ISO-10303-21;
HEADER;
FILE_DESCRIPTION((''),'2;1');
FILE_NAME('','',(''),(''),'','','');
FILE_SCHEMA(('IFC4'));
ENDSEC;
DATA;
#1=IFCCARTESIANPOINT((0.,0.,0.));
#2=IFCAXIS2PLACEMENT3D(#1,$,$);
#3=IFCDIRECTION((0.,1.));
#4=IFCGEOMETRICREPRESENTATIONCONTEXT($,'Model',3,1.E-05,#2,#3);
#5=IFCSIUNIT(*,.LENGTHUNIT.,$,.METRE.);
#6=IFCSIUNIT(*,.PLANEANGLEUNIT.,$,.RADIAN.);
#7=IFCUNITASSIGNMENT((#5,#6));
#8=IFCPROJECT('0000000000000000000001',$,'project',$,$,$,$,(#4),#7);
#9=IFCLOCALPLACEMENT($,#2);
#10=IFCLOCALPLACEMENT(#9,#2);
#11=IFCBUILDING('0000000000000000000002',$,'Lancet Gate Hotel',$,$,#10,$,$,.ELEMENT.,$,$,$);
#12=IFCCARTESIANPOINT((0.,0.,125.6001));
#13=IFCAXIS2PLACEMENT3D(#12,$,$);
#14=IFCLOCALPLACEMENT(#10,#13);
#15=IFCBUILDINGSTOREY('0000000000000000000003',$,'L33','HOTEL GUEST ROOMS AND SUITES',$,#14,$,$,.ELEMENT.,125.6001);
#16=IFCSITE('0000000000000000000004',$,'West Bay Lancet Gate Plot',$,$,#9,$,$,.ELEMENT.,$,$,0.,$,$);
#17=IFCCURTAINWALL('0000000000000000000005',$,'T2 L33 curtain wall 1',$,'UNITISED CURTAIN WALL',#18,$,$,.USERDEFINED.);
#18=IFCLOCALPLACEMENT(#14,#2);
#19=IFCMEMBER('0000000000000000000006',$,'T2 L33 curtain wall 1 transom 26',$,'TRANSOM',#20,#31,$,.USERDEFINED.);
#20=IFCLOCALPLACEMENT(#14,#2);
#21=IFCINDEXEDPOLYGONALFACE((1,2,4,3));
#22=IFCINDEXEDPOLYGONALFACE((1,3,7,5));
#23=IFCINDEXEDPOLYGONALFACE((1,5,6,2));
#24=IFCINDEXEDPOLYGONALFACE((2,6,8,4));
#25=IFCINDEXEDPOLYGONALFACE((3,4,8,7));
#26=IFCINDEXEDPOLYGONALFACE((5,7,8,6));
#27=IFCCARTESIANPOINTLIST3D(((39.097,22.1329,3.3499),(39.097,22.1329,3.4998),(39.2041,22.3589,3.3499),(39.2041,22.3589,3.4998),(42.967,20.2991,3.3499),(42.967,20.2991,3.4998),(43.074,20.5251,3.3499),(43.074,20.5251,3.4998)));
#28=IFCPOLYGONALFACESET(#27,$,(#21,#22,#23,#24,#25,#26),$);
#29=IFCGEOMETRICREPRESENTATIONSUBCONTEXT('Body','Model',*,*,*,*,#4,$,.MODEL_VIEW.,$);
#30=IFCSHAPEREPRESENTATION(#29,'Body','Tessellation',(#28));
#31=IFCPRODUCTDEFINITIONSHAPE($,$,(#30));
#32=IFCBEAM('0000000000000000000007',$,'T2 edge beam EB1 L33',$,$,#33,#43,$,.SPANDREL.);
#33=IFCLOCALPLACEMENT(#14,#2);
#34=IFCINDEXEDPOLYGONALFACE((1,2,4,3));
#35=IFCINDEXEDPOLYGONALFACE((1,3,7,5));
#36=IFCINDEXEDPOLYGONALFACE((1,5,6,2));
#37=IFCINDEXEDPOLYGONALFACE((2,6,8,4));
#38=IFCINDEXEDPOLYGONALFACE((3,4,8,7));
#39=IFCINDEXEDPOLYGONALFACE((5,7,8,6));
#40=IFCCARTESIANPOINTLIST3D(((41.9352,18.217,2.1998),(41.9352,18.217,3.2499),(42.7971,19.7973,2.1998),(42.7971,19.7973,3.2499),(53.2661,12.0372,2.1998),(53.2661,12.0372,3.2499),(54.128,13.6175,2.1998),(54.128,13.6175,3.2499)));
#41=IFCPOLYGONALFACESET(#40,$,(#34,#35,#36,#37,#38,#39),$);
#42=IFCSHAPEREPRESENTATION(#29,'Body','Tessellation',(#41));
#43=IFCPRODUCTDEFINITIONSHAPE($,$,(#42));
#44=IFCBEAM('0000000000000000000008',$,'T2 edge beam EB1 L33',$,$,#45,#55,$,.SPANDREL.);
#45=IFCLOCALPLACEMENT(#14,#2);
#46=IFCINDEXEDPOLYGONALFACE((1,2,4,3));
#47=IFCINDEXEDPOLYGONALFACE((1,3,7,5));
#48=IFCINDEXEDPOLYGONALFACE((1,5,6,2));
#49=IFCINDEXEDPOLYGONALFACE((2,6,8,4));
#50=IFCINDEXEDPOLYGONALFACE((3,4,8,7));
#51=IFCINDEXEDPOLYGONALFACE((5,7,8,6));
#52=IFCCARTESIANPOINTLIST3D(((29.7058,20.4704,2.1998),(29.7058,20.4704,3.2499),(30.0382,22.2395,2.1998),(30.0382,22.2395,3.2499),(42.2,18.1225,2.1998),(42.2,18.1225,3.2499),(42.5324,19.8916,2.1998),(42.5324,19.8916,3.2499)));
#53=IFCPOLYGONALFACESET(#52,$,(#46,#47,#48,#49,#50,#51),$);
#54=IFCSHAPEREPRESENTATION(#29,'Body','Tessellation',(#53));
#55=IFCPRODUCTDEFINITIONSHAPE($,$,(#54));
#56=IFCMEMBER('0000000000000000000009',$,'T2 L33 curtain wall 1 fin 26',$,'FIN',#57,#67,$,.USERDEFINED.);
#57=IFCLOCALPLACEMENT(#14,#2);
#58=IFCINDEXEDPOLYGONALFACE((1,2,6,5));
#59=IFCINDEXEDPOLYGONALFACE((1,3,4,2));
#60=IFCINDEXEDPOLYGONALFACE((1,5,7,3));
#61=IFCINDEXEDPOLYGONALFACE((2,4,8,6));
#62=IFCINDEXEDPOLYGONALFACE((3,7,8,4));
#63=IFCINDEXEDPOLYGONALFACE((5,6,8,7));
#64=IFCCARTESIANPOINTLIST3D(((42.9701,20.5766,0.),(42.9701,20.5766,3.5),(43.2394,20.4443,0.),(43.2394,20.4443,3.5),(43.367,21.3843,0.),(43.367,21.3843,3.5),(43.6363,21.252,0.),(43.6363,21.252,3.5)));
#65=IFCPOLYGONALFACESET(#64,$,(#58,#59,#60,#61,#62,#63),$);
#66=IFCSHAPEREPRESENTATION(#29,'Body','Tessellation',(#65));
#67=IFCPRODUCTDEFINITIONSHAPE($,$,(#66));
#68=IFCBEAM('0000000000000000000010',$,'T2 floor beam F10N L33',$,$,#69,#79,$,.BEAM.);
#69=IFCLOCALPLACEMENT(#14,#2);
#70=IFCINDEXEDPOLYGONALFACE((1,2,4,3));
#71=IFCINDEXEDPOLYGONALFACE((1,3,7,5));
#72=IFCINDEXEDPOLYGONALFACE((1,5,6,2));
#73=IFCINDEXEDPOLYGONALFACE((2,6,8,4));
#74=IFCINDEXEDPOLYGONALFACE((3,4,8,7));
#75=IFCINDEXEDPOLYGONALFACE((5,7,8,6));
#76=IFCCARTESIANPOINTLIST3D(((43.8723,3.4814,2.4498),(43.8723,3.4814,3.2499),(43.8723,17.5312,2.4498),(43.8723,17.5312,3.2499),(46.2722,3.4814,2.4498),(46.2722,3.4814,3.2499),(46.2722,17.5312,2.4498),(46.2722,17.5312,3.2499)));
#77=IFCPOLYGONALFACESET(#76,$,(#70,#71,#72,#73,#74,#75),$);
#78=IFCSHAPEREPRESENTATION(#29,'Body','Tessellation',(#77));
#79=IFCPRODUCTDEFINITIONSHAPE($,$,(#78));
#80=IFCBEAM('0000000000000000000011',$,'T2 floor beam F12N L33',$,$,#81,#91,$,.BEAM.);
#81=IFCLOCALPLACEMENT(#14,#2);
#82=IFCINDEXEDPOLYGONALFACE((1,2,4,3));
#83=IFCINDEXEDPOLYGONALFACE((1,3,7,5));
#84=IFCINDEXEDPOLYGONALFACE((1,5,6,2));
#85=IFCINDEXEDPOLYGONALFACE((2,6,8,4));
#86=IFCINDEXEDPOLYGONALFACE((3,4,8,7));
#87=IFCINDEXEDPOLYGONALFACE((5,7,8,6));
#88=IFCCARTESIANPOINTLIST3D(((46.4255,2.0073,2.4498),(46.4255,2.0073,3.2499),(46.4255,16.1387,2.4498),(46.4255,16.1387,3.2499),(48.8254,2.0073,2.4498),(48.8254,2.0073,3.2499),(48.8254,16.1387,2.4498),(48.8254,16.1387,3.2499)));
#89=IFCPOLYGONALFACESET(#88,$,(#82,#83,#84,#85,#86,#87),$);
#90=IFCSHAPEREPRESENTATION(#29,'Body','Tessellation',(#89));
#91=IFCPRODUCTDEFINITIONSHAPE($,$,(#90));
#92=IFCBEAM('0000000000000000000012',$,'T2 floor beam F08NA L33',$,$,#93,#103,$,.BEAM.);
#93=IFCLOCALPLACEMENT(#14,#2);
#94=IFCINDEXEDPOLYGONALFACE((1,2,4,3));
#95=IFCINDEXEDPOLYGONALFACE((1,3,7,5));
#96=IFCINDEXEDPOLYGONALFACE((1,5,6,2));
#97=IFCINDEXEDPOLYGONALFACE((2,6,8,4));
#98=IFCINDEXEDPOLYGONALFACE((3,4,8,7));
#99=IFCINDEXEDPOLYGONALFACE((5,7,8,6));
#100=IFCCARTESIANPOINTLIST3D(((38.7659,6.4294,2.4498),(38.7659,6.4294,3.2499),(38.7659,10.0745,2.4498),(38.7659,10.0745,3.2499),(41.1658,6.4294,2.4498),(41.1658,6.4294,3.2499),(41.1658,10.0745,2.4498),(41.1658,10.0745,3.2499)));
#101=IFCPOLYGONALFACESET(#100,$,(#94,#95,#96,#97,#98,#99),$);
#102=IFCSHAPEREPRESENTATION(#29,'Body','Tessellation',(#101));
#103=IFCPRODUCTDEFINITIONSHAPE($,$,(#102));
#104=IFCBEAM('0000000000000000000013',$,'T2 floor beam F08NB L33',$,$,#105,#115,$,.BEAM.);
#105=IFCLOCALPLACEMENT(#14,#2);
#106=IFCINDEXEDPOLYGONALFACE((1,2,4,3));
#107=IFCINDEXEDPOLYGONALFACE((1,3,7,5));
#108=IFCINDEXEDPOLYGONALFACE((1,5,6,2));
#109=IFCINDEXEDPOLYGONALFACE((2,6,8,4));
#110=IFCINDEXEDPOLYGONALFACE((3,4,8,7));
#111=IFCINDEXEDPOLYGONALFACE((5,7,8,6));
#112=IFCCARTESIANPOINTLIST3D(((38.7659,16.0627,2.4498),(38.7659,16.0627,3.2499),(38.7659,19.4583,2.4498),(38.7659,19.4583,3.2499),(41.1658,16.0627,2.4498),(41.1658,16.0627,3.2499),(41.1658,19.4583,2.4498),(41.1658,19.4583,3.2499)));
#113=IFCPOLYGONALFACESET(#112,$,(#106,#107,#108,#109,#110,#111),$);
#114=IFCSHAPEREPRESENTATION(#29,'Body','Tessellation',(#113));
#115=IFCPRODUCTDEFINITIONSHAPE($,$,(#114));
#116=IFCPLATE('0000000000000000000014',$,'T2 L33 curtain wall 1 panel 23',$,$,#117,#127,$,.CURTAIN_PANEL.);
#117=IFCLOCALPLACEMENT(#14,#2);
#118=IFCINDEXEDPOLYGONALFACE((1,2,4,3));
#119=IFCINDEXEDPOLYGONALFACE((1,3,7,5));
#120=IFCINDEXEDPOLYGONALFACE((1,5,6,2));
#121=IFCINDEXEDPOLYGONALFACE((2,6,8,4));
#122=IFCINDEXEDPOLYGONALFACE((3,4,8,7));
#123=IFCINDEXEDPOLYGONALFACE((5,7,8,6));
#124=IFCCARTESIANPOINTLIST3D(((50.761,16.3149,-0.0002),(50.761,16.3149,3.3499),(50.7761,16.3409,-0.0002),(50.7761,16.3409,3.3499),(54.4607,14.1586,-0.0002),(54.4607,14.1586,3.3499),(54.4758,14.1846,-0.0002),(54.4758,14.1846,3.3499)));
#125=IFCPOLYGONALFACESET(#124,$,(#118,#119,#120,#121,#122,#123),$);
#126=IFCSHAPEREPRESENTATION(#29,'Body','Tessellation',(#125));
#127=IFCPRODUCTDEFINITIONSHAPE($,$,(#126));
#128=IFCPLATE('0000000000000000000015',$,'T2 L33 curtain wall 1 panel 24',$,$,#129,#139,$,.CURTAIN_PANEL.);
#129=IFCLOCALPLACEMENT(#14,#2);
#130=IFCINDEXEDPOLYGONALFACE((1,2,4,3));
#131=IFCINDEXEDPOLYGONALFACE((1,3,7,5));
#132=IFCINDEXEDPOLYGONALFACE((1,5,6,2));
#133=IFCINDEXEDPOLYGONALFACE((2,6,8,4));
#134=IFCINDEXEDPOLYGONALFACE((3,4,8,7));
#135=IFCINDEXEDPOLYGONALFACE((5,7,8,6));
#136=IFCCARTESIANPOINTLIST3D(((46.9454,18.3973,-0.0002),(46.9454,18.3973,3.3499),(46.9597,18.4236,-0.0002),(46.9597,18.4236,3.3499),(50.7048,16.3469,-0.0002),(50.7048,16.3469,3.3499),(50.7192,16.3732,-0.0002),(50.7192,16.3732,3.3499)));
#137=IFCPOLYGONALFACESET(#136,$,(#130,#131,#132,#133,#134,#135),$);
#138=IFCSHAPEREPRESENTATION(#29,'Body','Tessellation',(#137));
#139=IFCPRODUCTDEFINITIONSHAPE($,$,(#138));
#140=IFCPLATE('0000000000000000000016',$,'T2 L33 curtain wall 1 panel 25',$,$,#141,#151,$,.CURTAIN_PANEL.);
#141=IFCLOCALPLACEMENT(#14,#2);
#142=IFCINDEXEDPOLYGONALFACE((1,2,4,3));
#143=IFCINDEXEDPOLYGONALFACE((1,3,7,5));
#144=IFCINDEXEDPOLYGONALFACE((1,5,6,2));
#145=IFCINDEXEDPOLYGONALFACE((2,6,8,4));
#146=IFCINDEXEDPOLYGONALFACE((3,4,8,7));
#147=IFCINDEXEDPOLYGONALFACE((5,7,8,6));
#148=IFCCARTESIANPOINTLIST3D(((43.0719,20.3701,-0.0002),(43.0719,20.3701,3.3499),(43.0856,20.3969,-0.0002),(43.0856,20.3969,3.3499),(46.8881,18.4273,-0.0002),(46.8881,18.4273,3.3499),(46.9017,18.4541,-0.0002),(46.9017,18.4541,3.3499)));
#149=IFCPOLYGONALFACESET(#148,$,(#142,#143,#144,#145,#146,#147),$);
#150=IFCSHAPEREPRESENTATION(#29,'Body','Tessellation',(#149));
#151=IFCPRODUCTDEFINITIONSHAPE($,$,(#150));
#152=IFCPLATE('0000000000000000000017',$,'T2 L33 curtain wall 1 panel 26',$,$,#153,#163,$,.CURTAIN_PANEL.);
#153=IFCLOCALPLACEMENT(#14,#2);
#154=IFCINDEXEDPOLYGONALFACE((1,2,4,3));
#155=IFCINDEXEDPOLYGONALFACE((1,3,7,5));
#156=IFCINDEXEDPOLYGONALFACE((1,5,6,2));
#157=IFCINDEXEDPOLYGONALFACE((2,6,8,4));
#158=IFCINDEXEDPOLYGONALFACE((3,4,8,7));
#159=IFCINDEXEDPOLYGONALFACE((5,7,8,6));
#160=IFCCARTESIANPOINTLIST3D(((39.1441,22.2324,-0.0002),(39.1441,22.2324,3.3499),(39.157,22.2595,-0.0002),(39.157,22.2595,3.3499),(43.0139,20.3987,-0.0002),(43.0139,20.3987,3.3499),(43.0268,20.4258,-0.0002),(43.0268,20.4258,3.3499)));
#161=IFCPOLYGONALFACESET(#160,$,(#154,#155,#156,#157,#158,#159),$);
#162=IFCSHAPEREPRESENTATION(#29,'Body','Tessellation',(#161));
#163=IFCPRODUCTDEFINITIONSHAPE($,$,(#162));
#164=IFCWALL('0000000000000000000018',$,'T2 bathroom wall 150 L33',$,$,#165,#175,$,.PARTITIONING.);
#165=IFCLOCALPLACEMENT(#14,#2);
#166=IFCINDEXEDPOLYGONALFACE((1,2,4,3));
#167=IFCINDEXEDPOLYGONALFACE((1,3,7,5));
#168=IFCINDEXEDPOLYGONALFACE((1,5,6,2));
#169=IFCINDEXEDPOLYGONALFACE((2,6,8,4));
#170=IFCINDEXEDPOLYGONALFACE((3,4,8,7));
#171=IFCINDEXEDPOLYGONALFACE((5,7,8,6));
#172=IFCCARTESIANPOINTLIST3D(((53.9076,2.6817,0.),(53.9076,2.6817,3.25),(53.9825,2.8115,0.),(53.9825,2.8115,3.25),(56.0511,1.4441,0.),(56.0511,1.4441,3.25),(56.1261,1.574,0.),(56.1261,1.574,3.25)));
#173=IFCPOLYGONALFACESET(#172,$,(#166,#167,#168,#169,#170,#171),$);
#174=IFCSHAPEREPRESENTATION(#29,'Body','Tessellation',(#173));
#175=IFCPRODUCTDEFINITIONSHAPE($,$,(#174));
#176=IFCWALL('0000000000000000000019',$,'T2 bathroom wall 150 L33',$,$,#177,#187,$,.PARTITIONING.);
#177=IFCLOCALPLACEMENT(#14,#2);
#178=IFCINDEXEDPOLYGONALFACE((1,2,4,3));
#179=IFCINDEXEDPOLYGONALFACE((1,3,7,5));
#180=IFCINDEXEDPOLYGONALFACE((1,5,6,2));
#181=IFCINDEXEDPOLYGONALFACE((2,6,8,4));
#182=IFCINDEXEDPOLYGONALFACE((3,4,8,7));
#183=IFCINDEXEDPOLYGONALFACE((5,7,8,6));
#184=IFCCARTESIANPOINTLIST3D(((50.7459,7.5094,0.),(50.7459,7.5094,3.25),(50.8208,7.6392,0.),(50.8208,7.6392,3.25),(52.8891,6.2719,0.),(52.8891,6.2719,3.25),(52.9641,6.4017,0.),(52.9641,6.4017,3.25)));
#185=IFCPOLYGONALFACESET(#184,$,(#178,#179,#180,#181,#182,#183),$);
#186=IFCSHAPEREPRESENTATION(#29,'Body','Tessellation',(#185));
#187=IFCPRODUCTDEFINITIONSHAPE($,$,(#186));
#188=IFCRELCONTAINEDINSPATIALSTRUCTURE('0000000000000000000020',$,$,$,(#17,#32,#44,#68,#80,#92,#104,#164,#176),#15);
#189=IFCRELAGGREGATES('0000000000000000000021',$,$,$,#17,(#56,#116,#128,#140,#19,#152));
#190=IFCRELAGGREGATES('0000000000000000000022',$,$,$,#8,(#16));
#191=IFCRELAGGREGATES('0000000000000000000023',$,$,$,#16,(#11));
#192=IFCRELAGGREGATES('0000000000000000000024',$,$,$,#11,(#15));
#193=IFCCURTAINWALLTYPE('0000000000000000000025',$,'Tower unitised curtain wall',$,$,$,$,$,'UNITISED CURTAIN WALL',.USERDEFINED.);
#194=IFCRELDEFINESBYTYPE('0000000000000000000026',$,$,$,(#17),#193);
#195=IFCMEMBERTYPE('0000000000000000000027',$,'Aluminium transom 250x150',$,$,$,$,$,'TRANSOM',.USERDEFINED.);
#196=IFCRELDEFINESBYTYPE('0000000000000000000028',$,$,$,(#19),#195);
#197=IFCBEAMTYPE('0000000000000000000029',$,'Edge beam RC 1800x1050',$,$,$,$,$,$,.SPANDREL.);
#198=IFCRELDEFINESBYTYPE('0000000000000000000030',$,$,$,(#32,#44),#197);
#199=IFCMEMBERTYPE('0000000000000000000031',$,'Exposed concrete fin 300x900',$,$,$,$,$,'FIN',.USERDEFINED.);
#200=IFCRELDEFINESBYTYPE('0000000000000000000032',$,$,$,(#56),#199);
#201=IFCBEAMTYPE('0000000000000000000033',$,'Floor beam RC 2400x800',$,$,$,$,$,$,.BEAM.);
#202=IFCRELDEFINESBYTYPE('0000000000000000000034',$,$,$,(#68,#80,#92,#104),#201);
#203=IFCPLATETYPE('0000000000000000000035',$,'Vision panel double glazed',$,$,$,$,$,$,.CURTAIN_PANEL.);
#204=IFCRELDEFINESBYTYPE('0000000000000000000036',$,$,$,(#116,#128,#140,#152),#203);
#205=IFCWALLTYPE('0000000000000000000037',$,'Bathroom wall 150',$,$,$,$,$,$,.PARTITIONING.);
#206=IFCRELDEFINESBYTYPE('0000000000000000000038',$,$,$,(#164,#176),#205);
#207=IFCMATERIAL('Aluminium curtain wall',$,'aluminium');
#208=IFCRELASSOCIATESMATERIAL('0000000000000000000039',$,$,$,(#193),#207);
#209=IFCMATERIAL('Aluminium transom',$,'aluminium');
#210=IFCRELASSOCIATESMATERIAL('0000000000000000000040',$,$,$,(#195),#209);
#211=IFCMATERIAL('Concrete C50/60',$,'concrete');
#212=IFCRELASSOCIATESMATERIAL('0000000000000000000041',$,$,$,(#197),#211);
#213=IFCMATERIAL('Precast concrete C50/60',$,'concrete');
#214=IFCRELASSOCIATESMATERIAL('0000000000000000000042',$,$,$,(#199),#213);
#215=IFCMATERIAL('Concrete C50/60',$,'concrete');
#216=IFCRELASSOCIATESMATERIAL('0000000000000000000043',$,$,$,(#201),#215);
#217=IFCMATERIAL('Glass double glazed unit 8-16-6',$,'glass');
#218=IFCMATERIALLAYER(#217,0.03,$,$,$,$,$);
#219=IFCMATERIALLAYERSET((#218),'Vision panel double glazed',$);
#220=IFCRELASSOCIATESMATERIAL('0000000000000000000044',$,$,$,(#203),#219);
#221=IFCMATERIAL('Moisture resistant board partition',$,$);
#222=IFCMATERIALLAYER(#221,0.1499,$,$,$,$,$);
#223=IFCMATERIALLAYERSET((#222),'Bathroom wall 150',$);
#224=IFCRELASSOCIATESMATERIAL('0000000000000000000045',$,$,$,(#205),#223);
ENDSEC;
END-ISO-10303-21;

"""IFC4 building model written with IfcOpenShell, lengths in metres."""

from ifc_helpers import new_model, si_unit, direction, frame, frame_2d, origin, origin_2d, place, context, subcontext, project, spatial, rectangle, extrude, material, layer, layer_set, material_profile, profile_set, type_object, element, aggregate, save


model = new_model("IFC4")

# Units and contexts
model_context = context("Model", 3, precision=1e-05, world=origin(), true_north=direction((0.0, 1.0)))
body_context = subcontext(model_context, "Body", "Model", "MODEL_VIEW")
ifc_project = project(units=[si_unit("LENGTHUNIT", "METRE"), si_unit("PLANEANGLEUNIT", "RADIAN")], contexts=[model_context])

# Site, building, storey
site_placement = place(None, origin())
site = spatial("IfcSite", under=ifc_project, at=site_placement, Name="West Bay Lancet Gate Plot", CompositionType="ELEMENT", RefElevation=0.0)
building_placement = place(site_placement, origin())
building = spatial("IfcBuilding", under=site, at=building_placement, Name="Lancet Gate Hotel", CompositionType="ELEMENT")
storey_placement = place(building_placement, frame((0.0, 0.0, 125.6001)))
storey = spatial("IfcBuildingStorey", under=building, at=storey_placement, Name="L33", Description="HOTEL GUEST ROOMS AND SUITES", CompositionType="ELEMENT", Elevation=125.6001)

# Curtain wall, member
ifc_material_1 = material(Name="Aluminium curtain wall", Category="aluminium")
curtain_wall_type = type_object("IfcCurtainWallType", Name="Tower unitised curtain wall", ElementType="UNITISED CURTAIN WALL", PredefinedType="USERDEFINED", material=ifc_material_1)
curtain_wall_placement = place(storey_placement, origin())
curtain_wall = element("IfcCurtainWall", 1, at=curtain_wall_placement, inside=storey, type_object=curtain_wall_type, Name="T2 L33 curtain wall 1", ObjectType="UNITISED CURTAIN WALL", PredefinedType="USERDEFINED")
ifc_material_2 = material(Name="Aluminium transom", Category="aluminium")
ifc_material_profile_1 = material_profile(ifc_material_2, rectangle(XDim=0.25, YDim=0.1499, at=origin_2d()), Name="TRANSOM 250x150")
ifc_profile_set_1 = profile_set([ifc_material_profile_1], Name="Aluminium transom")
member_type_1 = type_object("IfcMemberType", Name="Aluminium transom 250x150", ElementType="TRANSOM", PredefinedType="USERDEFINED", material=ifc_profile_set_1)
member_1_placement = place(storey_placement, frame((43.0205, 20.4121, 3.4248), z_axis=(-0.90368, 0.428209, 0.0), x_axis=(-0.428209, -0.90368, 0.0)))
member_1 = element("IfcMember", 2, at=member_1_placement, type_object=member_type_1, Name="T2 L33 curtain wall 1 transom 26", ObjectType="TRANSOM", PredefinedType="USERDEFINED", context=body_context, shape_type="SweptSolid", body=[
    extrude(rectangle(XDim=0.25, YDim=0.1499, at=origin_2d()), origin(), (0.0, 0.0, 1.0), 4.2825),
])

# Beams
ifc_material_3 = material(Name="Concrete C50/60", Category="concrete")
ifc_material_profile_2 = material_profile(ifc_material_3, rectangle(XDim=1.8, YDim=1.05, at=origin_2d()), Name="RC 1800x1050")
ifc_profile_set_2 = profile_set([ifc_material_profile_2], Name="Concrete C50/60")
beam_type_1 = type_object("IfcBeamType", Name="Edge beam RC 1800x1050", PredefinedType="SPANDREL", material=ifc_profile_set_2)
beam_1_placement = place(storey_placement, frame((53.697, 12.8274, 2.7249), z_axis=(-0.87792, 0.478807, 0.0), x_axis=(-0.478807, -0.87792, 0.0)))
element("IfcBeam", 3, at=beam_1_placement, inside=storey, type_object=beam_type_1, Name="T2 edge beam EB1 L33", PredefinedType="SPANDREL", context=body_context, shape_type="SweptSolid", body=[
    extrude(rectangle(XDim=1.8, YDim=1.05, at=origin_2d()), origin(), (0.0, 0.0, 1.0), 12.9065),
])
beam_2_placement = place(storey_placement, frame((42.3662, 19.0071, 2.7249), z_axis=(-0.982797, 0.184687, 0.0), x_axis=(-0.184687, -0.982797, 0.0)))
element("IfcBeam", 4, at=beam_2_placement, inside=storey, type_object=beam_type_1, Name="T2 edge beam EB1 L33", PredefinedType="SPANDREL", context=body_context, shape_type="SweptSolid", body=[
    extrude(rectangle(XDim=1.8, YDim=1.05, at=origin_2d()), origin(), (0.0, 0.0, 1.0), 12.7129),
])

# Member
ifc_material_4 = material(Name="Precast concrete C50/60", Category="concrete")
ifc_material_profile_3 = material_profile(ifc_material_4, rectangle(XDim=0.3, YDim=0.8999, at=origin_2d()), Name="FIN 300x900")
ifc_profile_set_3 = profile_set([ifc_material_profile_3], Name="Precast concrete C50/60")
member_type_2 = type_object("IfcMemberType", Name="Exposed concrete fin 300x900", ElementType="FIN", PredefinedType="USERDEFINED", material=ifc_profile_set_3)
member_2_placement = place(storey_placement, frame((43.3032, 20.9143, 0.0), z_axis=(0.0, 0.0, 1.0), x_axis=(-0.897512, 0.44099, 0.0)))
member_2 = element("IfcMember", 5, at=member_2_placement, type_object=member_type_2, Name="T2 L33 curtain wall 1 fin 26", ObjectType="FIN", PredefinedType="USERDEFINED", context=body_context, shape_type="SweptSolid", body=[
    extrude(rectangle(XDim=0.3, YDim=0.8999, at=origin_2d()), origin(), (0.0, 0.0, 1.0), 3.5),
])

# Beams
ifc_material_5 = material(Name="Concrete C50/60", Category="concrete")
ifc_material_profile_4 = material_profile(ifc_material_5, rectangle(XDim=2.3999, YDim=0.8, at=origin_2d()), Name="RC 2400x800")
ifc_profile_set_4 = profile_set([ifc_material_profile_4], Name="Concrete C50/60")
beam_type_2 = type_object("IfcBeamType", Name="Floor beam RC 2400x800", PredefinedType="BEAM", material=ifc_profile_set_4)
beam_3_placement = place(storey_placement, frame((45.0723, 3.4814, 2.8499), z_axis=(0.0, 1.0, 0.0), x_axis=(-1.0, 0.0, 0.0)))
element("IfcBeam", 6, at=beam_3_placement, inside=storey, type_object=beam_type_2, Name="T2 floor beam F10N L33", PredefinedType="BEAM", context=body_context, shape_type="SweptSolid", body=[
    extrude(rectangle(XDim=2.3999, YDim=0.8, at=origin_2d()), origin(), (0.0, 0.0, 1.0), 14.0498),
])
beam_4_placement = place(storey_placement, frame((47.6255, 2.0073, 2.8499), z_axis=(0.0, 1.0, 0.0), x_axis=(-1.0, 0.0, 0.0)))
element("IfcBeam", 7, at=beam_4_placement, inside=storey, type_object=beam_type_2, Name="T2 floor beam F12N L33", PredefinedType="BEAM", context=body_context, shape_type="SweptSolid", body=[
    extrude(rectangle(XDim=2.3999, YDim=0.8, at=origin_2d()), origin(), (0.0, 0.0, 1.0), 14.1313),
])
beam_5_placement = place(storey_placement, frame((39.9658, 6.4294, 2.8499), z_axis=(0.0, 1.0, 0.0), x_axis=(-1.0, 0.0, 0.0)))
element("IfcBeam", 8, at=beam_5_placement, inside=storey, type_object=beam_type_2, Name="T2 floor beam F08NA L33", PredefinedType="BEAM", context=body_context, shape_type="SweptSolid", body=[
    extrude(rectangle(XDim=2.3999, YDim=0.8, at=origin_2d()), origin(), (0.0, 0.0, 1.0), 3.645),
])
beam_6_placement = place(storey_placement, frame((39.9658, 16.0627, 2.8499), z_axis=(0.0, 1.0, 0.0), x_axis=(-1.0, 0.0, 0.0)))
element("IfcBeam", 9, at=beam_6_placement, inside=storey, type_object=beam_type_2, Name="T2 floor beam F08NB L33", PredefinedType="BEAM", context=body_context, shape_type="SweptSolid", body=[
    extrude(rectangle(XDim=2.3999, YDim=0.8, at=origin_2d()), origin(), (0.0, 0.0, 1.0), 3.3955),
])

# Plates
ifc_material_6 = material(Name="Glass double glazed unit 8-16-6", Category="glass")
ifc_layer_1 = layer(ifc_material_6, 0.03)
ifc_layer_set_1 = layer_set([ifc_layer_1], Name="Vision panel double glazed")
plate_type = type_object("IfcPlateType", Name="Vision panel double glazed", PredefinedType="CURTAIN_PANEL", material=ifc_layer_set_1)
plate_1_placement = place(storey_placement, frame((52.6184, 15.2498, -0.0002), z_axis=(0.0, 0.0, 1.0), x_axis=(-0.863966, 0.503551, 0.0)))
plate_1 = element("IfcPlate", 10, at=plate_1_placement, type_object=plate_type, Name="T2 L33 curtain wall 1 panel 23", PredefinedType="CURTAIN_PANEL", context=body_context, shape_type="SweptSolid", body=[
    extrude(rectangle(XDim=4.2822, YDim=0.03, at=origin_2d()), origin(), (0.0, 0.0, 1.0), 3.3501),
])
plate_2_placement = place(storey_placement, frame((48.8323, 17.3853, -0.0002), z_axis=(0.0, 0.0, 1.0), x_axis=(-0.877916, 0.478814, 0.0)))
plate_2 = element("IfcPlate", 11, at=plate_2_placement, type_object=plate_type, Name="T2 L33 curtain wall 1 panel 24", PredefinedType="CURTAIN_PANEL", context=body_context, shape_type="SweptSolid", body=[
    extrude(rectangle(XDim=4.2822, YDim=0.03, at=origin_2d()), origin(), (0.0, 0.0, 1.0), 3.3501),
])
plate_3_placement = place(storey_placement, frame((44.9868, 19.4121, -0.0002), z_axis=(0.0, 0.0, 1.0), x_axis=(-0.891159, 0.45369, 0.0)))
plate_3 = element("IfcPlate", 12, at=plate_3_placement, type_object=plate_type, Name="T2 L33 curtain wall 1 panel 25", PredefinedType="CURTAIN_PANEL", context=body_context, shape_type="SweptSolid", body=[
    extrude(rectangle(XDim=4.2822, YDim=0.03, at=origin_2d()), origin(), (0.0, 0.0, 1.0), 3.3501),
])
plate_4_placement = place(storey_placement, frame((41.0854, 21.3291, -0.0002), z_axis=(0.0, 0.0, 1.0), x_axis=(-0.903683, 0.428201, 0.0)))
plate_4 = element("IfcPlate", 13, at=plate_4_placement, type_object=plate_type, Name="T2 L33 curtain wall 1 panel 26", PredefinedType="CURTAIN_PANEL", context=body_context, shape_type="SweptSolid", body=[
    extrude(rectangle(XDim=4.2822, YDim=0.03, at=origin_2d()), origin(), (0.0, 0.0, 1.0), 3.3501),
])
aggregate(curtain_wall, [member_2, plate_1, plate_2, plate_3, member_1, plate_4])

# Walls
ifc_material_7 = material(Name="Moisture resistant board partition")
ifc_layer_2 = layer(ifc_material_7, 0.1499)
ifc_layer_set_2 = layer_set([ifc_layer_2], Name="Bathroom wall 150")
wall_type_1 = type_object("IfcWallType", Name="Bathroom wall 150", PredefinedType="PARTITIONING", material=ifc_layer_set_2)
wall_1_placement = place(storey_placement, frame((53.9451, 2.7466, 0.0), z_axis=(0.0, 0.0, 1.0), x_axis=(0.866031, -0.49999, 0.0)))
element("IfcWall", 14, at=wall_1_placement, inside=storey, type_object=wall_type_1, Name="T2 bathroom wall 150 L33", PredefinedType="PARTITIONING", context=body_context, shape_type="SweptSolid", body=[
    extrude(rectangle(XDim=2.4751, YDim=0.1499, at=frame_2d((1.2375, 0.0))), origin(), (0.0, 0.0, 1.0), 3.25),
])
wall_2_placement = place(storey_placement, frame((50.7834, 7.5742, 0.0), z_axis=(0.0, 0.0, 1.0), x_axis=(0.866007, -0.500033, 0.0)))
element("IfcWall", 15, at=wall_2_placement, inside=storey, type_object=wall_type_1, Name="T2 bathroom wall 150 L33", PredefinedType="PARTITIONING", context=body_context, shape_type="SweptSolid", body=[
    extrude(rectangle(XDim=2.4749, YDim=0.1499, at=frame_2d((1.2373, 0.0))), origin(), (0.0, 0.0, 1.0), 3.25),
])

save(model, "model.ifc")
